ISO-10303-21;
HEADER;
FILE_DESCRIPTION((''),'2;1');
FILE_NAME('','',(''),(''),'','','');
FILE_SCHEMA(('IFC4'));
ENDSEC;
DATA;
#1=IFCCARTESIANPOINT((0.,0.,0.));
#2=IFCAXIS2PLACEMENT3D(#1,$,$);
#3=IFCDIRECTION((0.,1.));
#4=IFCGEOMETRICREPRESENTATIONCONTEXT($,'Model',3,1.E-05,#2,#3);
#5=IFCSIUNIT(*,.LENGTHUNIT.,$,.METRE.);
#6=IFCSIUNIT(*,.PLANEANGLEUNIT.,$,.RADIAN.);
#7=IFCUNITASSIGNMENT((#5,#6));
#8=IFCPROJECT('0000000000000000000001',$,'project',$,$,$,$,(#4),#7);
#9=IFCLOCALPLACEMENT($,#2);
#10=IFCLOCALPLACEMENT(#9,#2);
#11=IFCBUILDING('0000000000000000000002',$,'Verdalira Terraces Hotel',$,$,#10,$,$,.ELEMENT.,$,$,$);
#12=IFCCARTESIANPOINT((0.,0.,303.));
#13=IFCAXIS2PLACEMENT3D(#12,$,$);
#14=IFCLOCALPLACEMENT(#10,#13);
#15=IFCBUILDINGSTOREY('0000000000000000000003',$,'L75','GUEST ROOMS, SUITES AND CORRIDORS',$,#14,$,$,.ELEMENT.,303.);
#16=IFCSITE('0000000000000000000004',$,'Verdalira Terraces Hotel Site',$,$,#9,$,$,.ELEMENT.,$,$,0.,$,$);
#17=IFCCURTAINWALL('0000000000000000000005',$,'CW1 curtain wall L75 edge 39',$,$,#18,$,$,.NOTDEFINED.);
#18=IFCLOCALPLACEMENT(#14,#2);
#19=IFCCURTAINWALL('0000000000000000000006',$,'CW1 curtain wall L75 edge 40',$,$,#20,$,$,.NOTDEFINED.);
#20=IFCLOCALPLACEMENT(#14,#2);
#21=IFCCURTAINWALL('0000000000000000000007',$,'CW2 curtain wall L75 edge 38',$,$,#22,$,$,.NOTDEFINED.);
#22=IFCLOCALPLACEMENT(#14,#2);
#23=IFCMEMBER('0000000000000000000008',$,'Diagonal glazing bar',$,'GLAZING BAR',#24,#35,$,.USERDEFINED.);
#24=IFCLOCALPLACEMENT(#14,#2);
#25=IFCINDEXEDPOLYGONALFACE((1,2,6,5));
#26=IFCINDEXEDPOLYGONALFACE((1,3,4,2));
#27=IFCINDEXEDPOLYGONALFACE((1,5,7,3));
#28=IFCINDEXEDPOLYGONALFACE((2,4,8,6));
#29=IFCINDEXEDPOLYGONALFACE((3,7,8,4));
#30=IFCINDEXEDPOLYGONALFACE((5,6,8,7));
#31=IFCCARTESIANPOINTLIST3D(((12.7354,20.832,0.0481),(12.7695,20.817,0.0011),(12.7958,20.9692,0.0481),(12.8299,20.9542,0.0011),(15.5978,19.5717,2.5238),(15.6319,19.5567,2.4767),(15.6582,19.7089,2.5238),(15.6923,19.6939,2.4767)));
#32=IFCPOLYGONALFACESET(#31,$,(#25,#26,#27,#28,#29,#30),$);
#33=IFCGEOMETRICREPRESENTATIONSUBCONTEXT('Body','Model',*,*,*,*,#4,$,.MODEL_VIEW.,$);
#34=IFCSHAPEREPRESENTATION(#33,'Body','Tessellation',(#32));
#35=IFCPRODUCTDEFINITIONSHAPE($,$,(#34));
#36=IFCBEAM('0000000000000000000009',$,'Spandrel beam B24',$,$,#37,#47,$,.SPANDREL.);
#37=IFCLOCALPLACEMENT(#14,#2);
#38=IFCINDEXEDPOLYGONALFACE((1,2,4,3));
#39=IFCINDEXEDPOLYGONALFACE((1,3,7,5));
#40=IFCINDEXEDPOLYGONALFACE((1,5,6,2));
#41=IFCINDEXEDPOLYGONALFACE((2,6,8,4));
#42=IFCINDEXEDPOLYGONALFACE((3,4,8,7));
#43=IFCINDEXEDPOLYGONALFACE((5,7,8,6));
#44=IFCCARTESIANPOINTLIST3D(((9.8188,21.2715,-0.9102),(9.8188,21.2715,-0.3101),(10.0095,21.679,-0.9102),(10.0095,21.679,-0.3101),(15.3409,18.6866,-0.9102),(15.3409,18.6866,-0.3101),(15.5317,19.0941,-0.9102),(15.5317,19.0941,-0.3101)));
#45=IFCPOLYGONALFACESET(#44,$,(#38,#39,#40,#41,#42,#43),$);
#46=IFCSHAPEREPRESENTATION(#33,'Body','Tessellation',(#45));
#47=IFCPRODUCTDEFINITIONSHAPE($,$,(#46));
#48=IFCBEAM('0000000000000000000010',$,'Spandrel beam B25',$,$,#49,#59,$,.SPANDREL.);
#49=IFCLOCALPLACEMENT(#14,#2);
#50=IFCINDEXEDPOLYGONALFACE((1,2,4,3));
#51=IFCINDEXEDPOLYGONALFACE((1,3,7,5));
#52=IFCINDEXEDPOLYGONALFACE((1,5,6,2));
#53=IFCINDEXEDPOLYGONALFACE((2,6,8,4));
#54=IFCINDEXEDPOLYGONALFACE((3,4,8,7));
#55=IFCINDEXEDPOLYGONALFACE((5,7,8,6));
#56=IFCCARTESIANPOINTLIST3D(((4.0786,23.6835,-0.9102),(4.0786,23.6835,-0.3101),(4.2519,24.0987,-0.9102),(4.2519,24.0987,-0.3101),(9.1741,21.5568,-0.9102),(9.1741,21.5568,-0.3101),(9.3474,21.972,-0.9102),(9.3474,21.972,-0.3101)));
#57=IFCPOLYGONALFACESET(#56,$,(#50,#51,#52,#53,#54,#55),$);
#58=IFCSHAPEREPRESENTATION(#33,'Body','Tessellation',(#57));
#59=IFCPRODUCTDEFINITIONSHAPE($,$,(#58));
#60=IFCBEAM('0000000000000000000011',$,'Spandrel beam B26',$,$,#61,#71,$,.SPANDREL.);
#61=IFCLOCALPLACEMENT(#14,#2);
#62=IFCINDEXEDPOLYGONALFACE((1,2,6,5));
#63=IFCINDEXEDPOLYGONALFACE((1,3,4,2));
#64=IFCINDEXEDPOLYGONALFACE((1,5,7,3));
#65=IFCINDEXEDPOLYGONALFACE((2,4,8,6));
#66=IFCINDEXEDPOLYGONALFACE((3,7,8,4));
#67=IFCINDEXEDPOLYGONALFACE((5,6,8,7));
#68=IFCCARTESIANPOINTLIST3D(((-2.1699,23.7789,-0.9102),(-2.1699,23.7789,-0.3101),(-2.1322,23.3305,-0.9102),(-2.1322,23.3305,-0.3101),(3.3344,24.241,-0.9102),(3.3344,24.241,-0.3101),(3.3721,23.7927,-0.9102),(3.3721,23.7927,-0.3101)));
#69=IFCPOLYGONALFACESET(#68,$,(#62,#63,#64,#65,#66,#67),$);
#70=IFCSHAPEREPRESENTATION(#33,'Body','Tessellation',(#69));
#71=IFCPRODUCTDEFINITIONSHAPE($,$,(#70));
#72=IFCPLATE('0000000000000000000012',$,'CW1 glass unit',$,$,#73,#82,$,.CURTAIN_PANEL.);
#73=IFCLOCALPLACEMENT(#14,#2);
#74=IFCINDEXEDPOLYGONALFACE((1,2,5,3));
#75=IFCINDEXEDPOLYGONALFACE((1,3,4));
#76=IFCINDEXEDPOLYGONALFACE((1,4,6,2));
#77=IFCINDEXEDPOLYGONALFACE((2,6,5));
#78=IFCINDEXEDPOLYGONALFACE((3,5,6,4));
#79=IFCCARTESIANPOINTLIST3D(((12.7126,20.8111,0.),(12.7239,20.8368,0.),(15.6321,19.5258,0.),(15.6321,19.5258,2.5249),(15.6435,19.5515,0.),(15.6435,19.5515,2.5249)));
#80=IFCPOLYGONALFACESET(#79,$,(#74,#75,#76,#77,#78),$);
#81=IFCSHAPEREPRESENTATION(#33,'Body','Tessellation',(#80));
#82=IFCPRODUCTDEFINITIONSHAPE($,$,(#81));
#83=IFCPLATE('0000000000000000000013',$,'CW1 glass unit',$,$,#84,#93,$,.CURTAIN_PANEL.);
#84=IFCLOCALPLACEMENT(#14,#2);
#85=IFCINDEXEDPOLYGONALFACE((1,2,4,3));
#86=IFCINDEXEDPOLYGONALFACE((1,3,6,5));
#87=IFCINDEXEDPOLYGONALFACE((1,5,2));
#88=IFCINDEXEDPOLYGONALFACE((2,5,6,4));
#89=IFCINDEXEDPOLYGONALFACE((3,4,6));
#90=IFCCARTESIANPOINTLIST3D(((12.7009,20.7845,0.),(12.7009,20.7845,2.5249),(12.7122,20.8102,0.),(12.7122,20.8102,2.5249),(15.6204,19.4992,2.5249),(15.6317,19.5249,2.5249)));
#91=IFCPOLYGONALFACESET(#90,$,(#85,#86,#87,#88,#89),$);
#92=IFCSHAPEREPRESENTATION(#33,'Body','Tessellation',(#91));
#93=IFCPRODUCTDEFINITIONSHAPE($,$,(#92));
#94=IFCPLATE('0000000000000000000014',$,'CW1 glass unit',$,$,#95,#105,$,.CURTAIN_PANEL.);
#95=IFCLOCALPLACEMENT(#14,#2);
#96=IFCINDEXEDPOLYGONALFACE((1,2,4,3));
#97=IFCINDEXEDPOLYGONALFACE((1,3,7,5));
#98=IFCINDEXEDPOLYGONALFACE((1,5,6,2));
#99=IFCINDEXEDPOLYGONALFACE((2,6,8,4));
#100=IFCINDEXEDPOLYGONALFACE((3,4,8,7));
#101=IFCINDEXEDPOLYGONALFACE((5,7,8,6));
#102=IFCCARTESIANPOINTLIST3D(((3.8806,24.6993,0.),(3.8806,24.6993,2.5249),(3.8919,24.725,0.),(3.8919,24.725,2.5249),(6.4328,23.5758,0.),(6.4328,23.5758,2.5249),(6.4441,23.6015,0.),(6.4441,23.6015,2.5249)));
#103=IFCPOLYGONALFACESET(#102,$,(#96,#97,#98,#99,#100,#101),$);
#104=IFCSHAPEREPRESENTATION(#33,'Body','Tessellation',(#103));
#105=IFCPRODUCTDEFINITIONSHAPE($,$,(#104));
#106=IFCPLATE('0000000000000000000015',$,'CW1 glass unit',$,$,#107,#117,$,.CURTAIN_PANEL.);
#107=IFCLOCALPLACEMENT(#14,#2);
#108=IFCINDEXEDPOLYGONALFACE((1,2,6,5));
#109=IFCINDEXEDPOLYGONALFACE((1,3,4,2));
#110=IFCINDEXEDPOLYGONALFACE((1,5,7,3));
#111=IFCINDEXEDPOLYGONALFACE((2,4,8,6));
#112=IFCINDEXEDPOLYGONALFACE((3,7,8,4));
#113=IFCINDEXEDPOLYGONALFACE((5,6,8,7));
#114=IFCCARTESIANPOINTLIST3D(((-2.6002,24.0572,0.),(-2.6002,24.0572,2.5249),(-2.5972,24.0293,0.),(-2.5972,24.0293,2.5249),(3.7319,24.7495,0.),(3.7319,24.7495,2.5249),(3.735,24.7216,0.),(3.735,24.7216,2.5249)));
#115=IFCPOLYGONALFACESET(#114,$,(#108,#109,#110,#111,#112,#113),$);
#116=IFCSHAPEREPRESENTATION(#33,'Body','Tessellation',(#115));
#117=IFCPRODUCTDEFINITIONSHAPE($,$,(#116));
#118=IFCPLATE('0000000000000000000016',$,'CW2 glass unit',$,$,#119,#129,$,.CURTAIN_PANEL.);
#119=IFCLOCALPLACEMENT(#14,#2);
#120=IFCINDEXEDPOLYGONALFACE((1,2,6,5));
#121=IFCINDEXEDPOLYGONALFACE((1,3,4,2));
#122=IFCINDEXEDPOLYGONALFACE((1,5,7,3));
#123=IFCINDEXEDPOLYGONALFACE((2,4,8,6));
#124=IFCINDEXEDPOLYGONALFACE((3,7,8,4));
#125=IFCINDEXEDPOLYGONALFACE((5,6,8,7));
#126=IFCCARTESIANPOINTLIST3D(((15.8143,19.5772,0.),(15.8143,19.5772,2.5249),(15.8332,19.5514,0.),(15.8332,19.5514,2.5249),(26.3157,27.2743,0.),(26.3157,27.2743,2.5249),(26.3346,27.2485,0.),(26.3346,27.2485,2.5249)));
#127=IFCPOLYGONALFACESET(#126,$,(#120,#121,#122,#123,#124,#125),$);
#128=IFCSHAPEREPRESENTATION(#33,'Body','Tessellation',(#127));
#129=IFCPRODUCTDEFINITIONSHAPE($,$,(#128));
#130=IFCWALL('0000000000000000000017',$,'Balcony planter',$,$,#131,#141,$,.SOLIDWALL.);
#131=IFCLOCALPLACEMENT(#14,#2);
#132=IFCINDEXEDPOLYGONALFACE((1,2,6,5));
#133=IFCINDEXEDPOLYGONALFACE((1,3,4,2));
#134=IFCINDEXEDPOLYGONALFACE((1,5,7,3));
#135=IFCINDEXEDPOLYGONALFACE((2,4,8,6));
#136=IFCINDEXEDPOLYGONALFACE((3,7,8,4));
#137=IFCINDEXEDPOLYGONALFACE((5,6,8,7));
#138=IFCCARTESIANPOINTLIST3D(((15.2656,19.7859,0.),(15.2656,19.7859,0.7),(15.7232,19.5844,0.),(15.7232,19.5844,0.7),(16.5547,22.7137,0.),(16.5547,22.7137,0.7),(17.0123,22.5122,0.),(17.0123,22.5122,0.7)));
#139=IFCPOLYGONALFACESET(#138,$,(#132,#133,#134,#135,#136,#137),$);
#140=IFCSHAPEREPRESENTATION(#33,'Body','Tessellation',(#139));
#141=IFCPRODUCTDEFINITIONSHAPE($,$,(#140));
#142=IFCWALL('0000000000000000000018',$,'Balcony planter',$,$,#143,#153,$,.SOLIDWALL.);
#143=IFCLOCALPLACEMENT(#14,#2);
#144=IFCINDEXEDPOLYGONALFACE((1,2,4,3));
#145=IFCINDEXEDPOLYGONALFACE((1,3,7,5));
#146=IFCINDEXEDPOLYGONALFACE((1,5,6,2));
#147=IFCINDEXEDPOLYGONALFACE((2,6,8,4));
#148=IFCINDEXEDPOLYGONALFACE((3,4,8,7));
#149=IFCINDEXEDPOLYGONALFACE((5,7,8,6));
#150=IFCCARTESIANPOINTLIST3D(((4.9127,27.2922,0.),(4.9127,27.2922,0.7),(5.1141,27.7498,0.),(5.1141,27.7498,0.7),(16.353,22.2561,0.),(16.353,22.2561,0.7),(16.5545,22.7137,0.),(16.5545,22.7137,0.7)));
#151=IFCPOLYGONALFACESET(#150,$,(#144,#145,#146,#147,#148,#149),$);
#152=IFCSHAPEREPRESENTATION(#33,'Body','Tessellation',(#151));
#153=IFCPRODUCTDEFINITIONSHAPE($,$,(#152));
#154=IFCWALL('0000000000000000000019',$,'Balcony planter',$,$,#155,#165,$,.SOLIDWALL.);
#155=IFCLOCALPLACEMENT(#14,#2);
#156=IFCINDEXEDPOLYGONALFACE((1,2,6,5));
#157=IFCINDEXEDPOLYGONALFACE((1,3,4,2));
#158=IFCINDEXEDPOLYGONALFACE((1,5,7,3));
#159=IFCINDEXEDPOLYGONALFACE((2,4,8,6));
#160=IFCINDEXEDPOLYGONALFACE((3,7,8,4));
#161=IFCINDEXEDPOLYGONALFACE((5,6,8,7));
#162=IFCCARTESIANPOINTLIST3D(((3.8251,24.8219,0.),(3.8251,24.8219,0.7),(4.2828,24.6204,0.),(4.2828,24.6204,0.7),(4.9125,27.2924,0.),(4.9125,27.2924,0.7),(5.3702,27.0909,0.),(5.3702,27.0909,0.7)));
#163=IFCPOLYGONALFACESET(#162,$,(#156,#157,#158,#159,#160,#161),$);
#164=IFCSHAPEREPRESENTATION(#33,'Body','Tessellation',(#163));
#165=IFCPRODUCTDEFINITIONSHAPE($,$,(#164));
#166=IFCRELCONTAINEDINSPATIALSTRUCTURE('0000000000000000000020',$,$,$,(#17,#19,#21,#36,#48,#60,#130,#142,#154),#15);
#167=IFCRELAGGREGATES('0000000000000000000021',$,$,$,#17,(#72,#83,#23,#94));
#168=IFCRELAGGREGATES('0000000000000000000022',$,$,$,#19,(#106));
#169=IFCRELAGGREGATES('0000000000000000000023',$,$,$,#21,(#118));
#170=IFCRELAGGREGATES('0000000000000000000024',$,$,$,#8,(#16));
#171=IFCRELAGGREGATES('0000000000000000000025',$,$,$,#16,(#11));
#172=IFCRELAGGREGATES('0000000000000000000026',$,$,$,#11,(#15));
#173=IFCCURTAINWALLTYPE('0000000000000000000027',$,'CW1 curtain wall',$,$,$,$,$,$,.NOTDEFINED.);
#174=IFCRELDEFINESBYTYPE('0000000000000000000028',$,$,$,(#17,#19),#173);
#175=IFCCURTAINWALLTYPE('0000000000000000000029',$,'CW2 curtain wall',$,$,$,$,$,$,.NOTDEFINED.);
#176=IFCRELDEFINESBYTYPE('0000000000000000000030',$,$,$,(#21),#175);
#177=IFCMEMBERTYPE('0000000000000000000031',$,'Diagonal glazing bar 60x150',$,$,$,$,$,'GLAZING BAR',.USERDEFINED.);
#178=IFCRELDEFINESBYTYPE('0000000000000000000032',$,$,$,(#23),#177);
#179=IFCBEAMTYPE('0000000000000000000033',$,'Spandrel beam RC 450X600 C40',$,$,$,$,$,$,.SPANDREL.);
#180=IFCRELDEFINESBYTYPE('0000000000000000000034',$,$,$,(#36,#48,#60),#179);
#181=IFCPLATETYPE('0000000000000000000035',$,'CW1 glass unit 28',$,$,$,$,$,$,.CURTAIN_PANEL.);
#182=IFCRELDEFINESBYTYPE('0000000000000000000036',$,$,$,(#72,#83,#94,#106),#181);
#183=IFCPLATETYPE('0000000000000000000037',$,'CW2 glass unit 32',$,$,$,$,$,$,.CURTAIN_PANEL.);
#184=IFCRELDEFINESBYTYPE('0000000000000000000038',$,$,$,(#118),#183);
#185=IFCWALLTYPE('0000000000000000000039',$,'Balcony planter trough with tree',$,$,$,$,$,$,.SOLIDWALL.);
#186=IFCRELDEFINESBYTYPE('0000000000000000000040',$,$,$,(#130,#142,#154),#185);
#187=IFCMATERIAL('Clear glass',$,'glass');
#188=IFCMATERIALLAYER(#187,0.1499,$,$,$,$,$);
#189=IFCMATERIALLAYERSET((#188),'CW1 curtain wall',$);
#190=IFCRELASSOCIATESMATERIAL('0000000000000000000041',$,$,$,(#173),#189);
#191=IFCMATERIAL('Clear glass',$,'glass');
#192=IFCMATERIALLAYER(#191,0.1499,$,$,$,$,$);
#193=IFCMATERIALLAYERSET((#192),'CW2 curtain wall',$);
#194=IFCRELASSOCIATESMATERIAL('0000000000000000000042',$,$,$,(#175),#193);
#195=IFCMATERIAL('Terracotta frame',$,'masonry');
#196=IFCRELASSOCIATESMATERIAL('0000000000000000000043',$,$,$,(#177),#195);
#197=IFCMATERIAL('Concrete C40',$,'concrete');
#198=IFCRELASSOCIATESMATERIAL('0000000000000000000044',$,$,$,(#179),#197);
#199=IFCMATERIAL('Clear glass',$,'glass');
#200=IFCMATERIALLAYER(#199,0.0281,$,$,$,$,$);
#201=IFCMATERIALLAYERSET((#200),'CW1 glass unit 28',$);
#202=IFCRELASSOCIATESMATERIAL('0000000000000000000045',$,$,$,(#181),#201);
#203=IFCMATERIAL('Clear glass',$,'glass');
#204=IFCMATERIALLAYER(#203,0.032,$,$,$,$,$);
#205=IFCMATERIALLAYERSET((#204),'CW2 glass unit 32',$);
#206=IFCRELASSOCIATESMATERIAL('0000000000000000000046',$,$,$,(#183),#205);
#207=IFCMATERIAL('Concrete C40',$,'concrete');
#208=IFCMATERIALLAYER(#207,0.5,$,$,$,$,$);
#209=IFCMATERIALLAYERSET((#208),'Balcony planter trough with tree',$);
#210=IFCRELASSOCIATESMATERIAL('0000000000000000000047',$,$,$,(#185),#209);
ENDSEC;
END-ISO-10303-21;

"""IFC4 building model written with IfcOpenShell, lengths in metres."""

from ifc_helpers import new_model, si_unit, direction, frame, frame_2d, origin, origin_2d, place, context, subcontext, project, spatial, polyline, rectangle, outline, extrude, material, layer, layer_set, material_profile, profile_set, type_object, element, aggregate, save


model = new_model("IFC4")

# Units and contexts
model_context = context("Model", 3, precision=1e-05, world=origin(), true_north=direction((0.0, 1.0)))
body_context = subcontext(model_context, "Body", "Model", "MODEL_VIEW")
ifc_project = project(units=[si_unit("LENGTHUNIT", "METRE"), si_unit("PLANEANGLEUNIT", "RADIAN")], contexts=[model_context])

# Site, building, storey
site_placement = place(None, origin())
site = spatial("IfcSite", under=ifc_project, at=site_placement, Name="Verdalira Terraces Hotel Site", CompositionType="ELEMENT", RefElevation=0.0)
building_placement = place(site_placement, origin())
building = spatial("IfcBuilding", under=site, at=building_placement, Name="Verdalira Terraces Hotel", CompositionType="ELEMENT")
storey_placement = place(building_placement, frame((0.0, 0.0, 303.0)))
storey = spatial("IfcBuildingStorey", under=building, at=storey_placement, Name="L75", Description="GUEST ROOMS, SUITES AND CORRIDORS", CompositionType="ELEMENT", Elevation=303.0)

# Curtain wall
ifc_material_1 = material(Name="Clear glass", Category="glass")
ifc_layer_1 = layer(ifc_material_1, 0.1499)
ifc_layer_set_1 = layer_set([ifc_layer_1], Name="CW1 curtain wall")
curtain_wall_type_1 = type_object("IfcCurtainWallType", Name="CW1 curtain wall", PredefinedType="NOTDEFINED", material=ifc_layer_set_1)
curtain_wall_1_placement = place(storey_placement, origin())
curtain_wall_1 = element("IfcCurtainWall", 1, at=curtain_wall_1_placement, inside=storey, type_object=curtain_wall_type_1, Name="CW1 curtain wall L75 edge 39", PredefinedType="NOTDEFINED")

# Curtain wall
curtain_wall_2_placement = place(storey_placement, origin())
curtain_wall_2 = element("IfcCurtainWall", 2, at=curtain_wall_2_placement, inside=storey, type_object=curtain_wall_type_1, Name="CW1 curtain wall L75 edge 40", PredefinedType="NOTDEFINED")

# Curtain wall
ifc_material_2 = material(Name="Clear glass", Category="glass")
ifc_layer_2 = layer(ifc_material_2, 0.1499)
ifc_layer_set_2 = layer_set([ifc_layer_2], Name="CW2 curtain wall")
curtain_wall_type_2 = type_object("IfcCurtainWallType", Name="CW2 curtain wall", PredefinedType="NOTDEFINED", material=ifc_layer_set_2)
curtain_wall_3_placement = place(storey_placement, origin())
curtain_wall_3 = element("IfcCurtainWall", 3, at=curtain_wall_3_placement, inside=storey, type_object=curtain_wall_type_2, Name="CW2 curtain wall L75 edge 38", PredefinedType="NOTDEFINED")

# Member
ifc_material_3 = material(Name="Terracotta frame", Category="masonry")
ifc_material_profile_1 = material_profile(ifc_material_3, rectangle(XDim=0.1499, YDim=0.0601, at=origin_2d()), Name="GB 60x150")
ifc_profile_set_1 = profile_set([ifc_material_profile_1], Name="Terracotta frame")
member_type_1 = type_object("IfcMemberType", Name="Diagonal glazing bar 60x150", ElementType="GLAZING BAR", PredefinedType="USERDEFINED", material=ifc_profile_set_1)
member_1_placement = place(storey_placement, frame((15.645, 19.6328, 2.5002), z_axis=(-0.717607, 0.315958, -0.620653), x_axis=(-0.402964, -0.915216, 0.0)))
member_1 = element("IfcMember", 4, at=member_1_placement, type_object=member_type_1, Name="Diagonal glazing bar", ObjectType="GLAZING BAR", PredefinedType="USERDEFINED", context=body_context, shape_type="SweptSolid", body=[
    extrude(rectangle(XDim=0.1499, YDim=0.0601, at=origin_2d()), origin(), (0.0, 0.0, 1.0), 3.9888),
])

# Beams
ifc_material_4 = material(Name="Concrete C40", Category="concrete")
ifc_material_profile_2 = material_profile(ifc_material_4, rectangle(XDim=0.45, YDim=0.6001, at=origin_2d()), Name="RC 450X600")
ifc_profile_set_2 = profile_set([ifc_material_profile_2], Name="Concrete C40")
beam_type_1 = type_object("IfcBeamType", Name="Spandrel beam RC 450X600 C40", PredefinedType="SPANDREL", material=ifc_profile_set_2)
beam_1_placement = place(storey_placement, frame((15.4363, 18.8904, -0.6101), z_axis=(-0.905684, 0.423953, 0.0), x_axis=(-0.423953, -0.905684, 0.0)))
element("IfcBeam", 5, at=beam_1_placement, inside=storey, type_object=beam_type_1, Name="Spandrel beam B24", PredefinedType="SPANDREL", context=body_context, shape_type="SweptSolid", body=[
    extrude(rectangle(XDim=0.45, YDim=0.6001, at=origin_2d()), origin(), (0.0, 0.0, 1.0), 6.0972),
])
beam_2_placement = place(storey_placement, frame((9.2607, 21.7644, -0.6101), z_axis=(-0.922845, 0.385171, 0.0), x_axis=(-0.385171, -0.922845, 0.0)))
element("IfcBeam", 6, at=beam_2_placement, inside=storey, type_object=beam_type_1, Name="Spandrel beam B25", PredefinedType="SPANDREL", context=body_context, shape_type="SweptSolid", body=[
    extrude(rectangle(XDim=0.45, YDim=0.6001, at=origin_2d()), origin(), (0.0, 0.0, 1.0), 5.5215),
])
beam_3_placement = place(storey_placement, frame((3.3533, 24.0168, -0.6101), z_axis=(-0.996494, -0.083667, 0.0), x_axis=(0.083667, -0.996494, 0.0)))
element("IfcBeam", 7, at=beam_3_placement, inside=storey, type_object=beam_type_1, Name="Spandrel beam B26", PredefinedType="SPANDREL", context=body_context, shape_type="SweptSolid", body=[
    extrude(rectangle(XDim=0.45, YDim=0.6001, at=origin_2d()), origin(), (0.0, 0.0, 1.0), 5.5237),
])

# Plates
ifc_material_5 = material(Name="Clear glass", Category="glass")
ifc_layer_3 = layer(ifc_material_5, 0.0281)
ifc_layer_set_3 = layer_set([ifc_layer_3], Name="CW1 glass unit 28")
plate_type_1 = type_object("IfcPlateType", Name="CW1 glass unit 28", PredefinedType="CURTAIN_PANEL", material=ifc_layer_set_3)
plate_1_placement = place(storey_placement, frame((14.1724, 20.1685, 1.2625), z_axis=(0.402906, 0.915241, 0.0), x_axis=(-0.915241, 0.402906, 0.0)))
plate_1 = element("IfcPlate", 8, at=plate_1_placement, type_object=plate_type_1, Name="CW1 glass unit", PredefinedType="CURTAIN_PANEL", context=body_context, shape_type="SweptSolid", body=[
    extrude(outline(polyline([(-1.595, -1.2625), (1.595, -1.2625), (-1.595, 1.2625), (-1.595, -1.2625)])), origin(), (0.0, 0.0, 1.0), 0.0281),
])
plate_2_placement = place(storey_placement, frame((14.1606, 20.1418, 1.2625), z_axis=(0.402906, 0.915241, 0.0), x_axis=(-0.915241, 0.402906, 0.0)))
plate_2 = element("IfcPlate", 9, at=plate_2_placement, type_object=plate_type_1, Name="CW1 glass unit", PredefinedType="CURTAIN_PANEL", context=body_context, shape_type="SweptSolid", body=[
    extrude(outline(polyline([(1.595, -1.2625), (1.595, 1.2625), (-1.595, 1.2625), (1.595, -1.2625)])), origin(), (0.0, 0.0, 1.0), 0.0281),
])
plate_3_placement = place(storey_placement, frame((5.1624, 24.1504, 0.0), z_axis=(0.0, 0.0, 1.0), x_axis=(-0.915241, 0.402906, 0.0)))
plate_3 = element("IfcPlate", 10, at=plate_3_placement, type_object=plate_type_1, Name="CW1 glass unit", PredefinedType="CURTAIN_PANEL", context=body_context, shape_type="SweptSolid", body=[
    extrude(rectangle(XDim=2.7886, YDim=0.0281, at=origin_2d()), origin(), (0.0, 0.0, 1.0), 2.5249),
])
aggregate(curtain_wall_1, [plate_1, plate_2, member_1, plate_3])
plate_4_placement = place(storey_placement, frame((0.5674, 24.3894, 0.0), z_axis=(0.0, 0.0, 1.0), x_axis=(-0.994075, -0.108693, 0.0)))
plate_4 = element("IfcPlate", 11, at=plate_4_placement, type_object=plate_type_1, Name="CW1 glass unit", PredefinedType="CURTAIN_PANEL", context=body_context, shape_type="SweptSolid", body=[
    extrude(rectangle(XDim=6.3699, YDim=0.0281, at=origin_2d()), origin(), (0.0, 0.0, 1.0), 2.5249),
])
aggregate(curtain_wall_2, [plate_4])
ifc_material_6 = material(Name="Clear glass", Category="glass")
ifc_layer_4 = layer(ifc_material_6, 0.032)
ifc_layer_set_4 = layer_set([ifc_layer_4], Name="CW2 glass unit 32")
plate_type_2 = type_object("IfcPlateType", Name="CW2 glass unit 32", PredefinedType="CURTAIN_PANEL", material=ifc_layer_set_4)
plate_5_placement = place(storey_placement, frame((21.0745, 23.4128, 0.0), z_axis=(0.0, 0.0, 1.0), x_axis=(-0.806548, -0.591169, 0.0)))
plate_5 = element("IfcPlate", 12, at=plate_5_placement, type_object=plate_type_2, Name="CW2 glass unit", PredefinedType="CURTAIN_PANEL", context=body_context, shape_type="SweptSolid", body=[
    extrude(rectangle(XDim=13.0203, YDim=0.032, at=origin_2d()), origin(), (0.0, 0.0, 1.0), 2.5249),
])
aggregate(curtain_wall_3, [plate_5])

# Walls
ifc_material_7 = material(Name="Concrete C40", Category="concrete")
ifc_layer_5 = layer(ifc_material_7, 0.5)
ifc_layer_set_5 = layer_set([ifc_layer_5], Name="Balcony planter trough with tree")
wall_type_1 = type_object("IfcWallType", Name="Balcony planter trough with tree", PredefinedType="SOLIDWALL", material=ifc_layer_set_5)
wall_1_placement = place(storey_placement, frame((15.4944, 19.6851, 0.0), z_axis=(0.0, 0.0, 1.0), x_axis=(0.402964, 0.915216, 0.0)))
element("IfcWall", 13, at=wall_1_placement, inside=storey, type_object=wall_type_1, Name="Balcony planter", PredefinedType="SOLIDWALL", context=body_context, shape_type="SweptSolid", body=[
    extrude(rectangle(XDim=3.199, YDim=0.5, at=frame_2d((1.5996, 0.0))), origin(), (0.0, 0.0, 1.0), 0.7),
])
wall_2_placement = place(storey_placement, frame((16.4539, 22.4849, 0.0), z_axis=(0.0, 0.0, 1.0), x_axis=(-0.915246, 0.402896, 0.0)))
element("IfcWall", 14, at=wall_2_placement, inside=storey, type_object=wall_type_1, Name="Balcony planter", PredefinedType="SOLIDWALL", context=body_context, shape_type="SweptSolid", body=[
    extrude(rectangle(XDim=12.4998, YDim=0.5, at=frame_2d((6.25, 0.0))), origin(), (0.0, 0.0, 1.0), 0.7),
])
wall_3_placement = place(storey_placement, frame((5.1414, 27.1916, 0.0), z_axis=(0.0, 0.0, 1.0), x_axis=(-0.402863, -0.91526, 0.0)))
element("IfcWall", 15, at=wall_3_placement, inside=storey, type_object=wall_type_1, Name="Balcony planter", PredefinedType="SOLIDWALL", context=body_context, shape_type="SweptSolid", body=[
    extrude(rectangle(XDim=2.6992, YDim=0.5, at=frame_2d((1.3496, 0.0))), origin(), (0.0, 0.0, 1.0), 0.7),
])

save(model, "model.ifc")
